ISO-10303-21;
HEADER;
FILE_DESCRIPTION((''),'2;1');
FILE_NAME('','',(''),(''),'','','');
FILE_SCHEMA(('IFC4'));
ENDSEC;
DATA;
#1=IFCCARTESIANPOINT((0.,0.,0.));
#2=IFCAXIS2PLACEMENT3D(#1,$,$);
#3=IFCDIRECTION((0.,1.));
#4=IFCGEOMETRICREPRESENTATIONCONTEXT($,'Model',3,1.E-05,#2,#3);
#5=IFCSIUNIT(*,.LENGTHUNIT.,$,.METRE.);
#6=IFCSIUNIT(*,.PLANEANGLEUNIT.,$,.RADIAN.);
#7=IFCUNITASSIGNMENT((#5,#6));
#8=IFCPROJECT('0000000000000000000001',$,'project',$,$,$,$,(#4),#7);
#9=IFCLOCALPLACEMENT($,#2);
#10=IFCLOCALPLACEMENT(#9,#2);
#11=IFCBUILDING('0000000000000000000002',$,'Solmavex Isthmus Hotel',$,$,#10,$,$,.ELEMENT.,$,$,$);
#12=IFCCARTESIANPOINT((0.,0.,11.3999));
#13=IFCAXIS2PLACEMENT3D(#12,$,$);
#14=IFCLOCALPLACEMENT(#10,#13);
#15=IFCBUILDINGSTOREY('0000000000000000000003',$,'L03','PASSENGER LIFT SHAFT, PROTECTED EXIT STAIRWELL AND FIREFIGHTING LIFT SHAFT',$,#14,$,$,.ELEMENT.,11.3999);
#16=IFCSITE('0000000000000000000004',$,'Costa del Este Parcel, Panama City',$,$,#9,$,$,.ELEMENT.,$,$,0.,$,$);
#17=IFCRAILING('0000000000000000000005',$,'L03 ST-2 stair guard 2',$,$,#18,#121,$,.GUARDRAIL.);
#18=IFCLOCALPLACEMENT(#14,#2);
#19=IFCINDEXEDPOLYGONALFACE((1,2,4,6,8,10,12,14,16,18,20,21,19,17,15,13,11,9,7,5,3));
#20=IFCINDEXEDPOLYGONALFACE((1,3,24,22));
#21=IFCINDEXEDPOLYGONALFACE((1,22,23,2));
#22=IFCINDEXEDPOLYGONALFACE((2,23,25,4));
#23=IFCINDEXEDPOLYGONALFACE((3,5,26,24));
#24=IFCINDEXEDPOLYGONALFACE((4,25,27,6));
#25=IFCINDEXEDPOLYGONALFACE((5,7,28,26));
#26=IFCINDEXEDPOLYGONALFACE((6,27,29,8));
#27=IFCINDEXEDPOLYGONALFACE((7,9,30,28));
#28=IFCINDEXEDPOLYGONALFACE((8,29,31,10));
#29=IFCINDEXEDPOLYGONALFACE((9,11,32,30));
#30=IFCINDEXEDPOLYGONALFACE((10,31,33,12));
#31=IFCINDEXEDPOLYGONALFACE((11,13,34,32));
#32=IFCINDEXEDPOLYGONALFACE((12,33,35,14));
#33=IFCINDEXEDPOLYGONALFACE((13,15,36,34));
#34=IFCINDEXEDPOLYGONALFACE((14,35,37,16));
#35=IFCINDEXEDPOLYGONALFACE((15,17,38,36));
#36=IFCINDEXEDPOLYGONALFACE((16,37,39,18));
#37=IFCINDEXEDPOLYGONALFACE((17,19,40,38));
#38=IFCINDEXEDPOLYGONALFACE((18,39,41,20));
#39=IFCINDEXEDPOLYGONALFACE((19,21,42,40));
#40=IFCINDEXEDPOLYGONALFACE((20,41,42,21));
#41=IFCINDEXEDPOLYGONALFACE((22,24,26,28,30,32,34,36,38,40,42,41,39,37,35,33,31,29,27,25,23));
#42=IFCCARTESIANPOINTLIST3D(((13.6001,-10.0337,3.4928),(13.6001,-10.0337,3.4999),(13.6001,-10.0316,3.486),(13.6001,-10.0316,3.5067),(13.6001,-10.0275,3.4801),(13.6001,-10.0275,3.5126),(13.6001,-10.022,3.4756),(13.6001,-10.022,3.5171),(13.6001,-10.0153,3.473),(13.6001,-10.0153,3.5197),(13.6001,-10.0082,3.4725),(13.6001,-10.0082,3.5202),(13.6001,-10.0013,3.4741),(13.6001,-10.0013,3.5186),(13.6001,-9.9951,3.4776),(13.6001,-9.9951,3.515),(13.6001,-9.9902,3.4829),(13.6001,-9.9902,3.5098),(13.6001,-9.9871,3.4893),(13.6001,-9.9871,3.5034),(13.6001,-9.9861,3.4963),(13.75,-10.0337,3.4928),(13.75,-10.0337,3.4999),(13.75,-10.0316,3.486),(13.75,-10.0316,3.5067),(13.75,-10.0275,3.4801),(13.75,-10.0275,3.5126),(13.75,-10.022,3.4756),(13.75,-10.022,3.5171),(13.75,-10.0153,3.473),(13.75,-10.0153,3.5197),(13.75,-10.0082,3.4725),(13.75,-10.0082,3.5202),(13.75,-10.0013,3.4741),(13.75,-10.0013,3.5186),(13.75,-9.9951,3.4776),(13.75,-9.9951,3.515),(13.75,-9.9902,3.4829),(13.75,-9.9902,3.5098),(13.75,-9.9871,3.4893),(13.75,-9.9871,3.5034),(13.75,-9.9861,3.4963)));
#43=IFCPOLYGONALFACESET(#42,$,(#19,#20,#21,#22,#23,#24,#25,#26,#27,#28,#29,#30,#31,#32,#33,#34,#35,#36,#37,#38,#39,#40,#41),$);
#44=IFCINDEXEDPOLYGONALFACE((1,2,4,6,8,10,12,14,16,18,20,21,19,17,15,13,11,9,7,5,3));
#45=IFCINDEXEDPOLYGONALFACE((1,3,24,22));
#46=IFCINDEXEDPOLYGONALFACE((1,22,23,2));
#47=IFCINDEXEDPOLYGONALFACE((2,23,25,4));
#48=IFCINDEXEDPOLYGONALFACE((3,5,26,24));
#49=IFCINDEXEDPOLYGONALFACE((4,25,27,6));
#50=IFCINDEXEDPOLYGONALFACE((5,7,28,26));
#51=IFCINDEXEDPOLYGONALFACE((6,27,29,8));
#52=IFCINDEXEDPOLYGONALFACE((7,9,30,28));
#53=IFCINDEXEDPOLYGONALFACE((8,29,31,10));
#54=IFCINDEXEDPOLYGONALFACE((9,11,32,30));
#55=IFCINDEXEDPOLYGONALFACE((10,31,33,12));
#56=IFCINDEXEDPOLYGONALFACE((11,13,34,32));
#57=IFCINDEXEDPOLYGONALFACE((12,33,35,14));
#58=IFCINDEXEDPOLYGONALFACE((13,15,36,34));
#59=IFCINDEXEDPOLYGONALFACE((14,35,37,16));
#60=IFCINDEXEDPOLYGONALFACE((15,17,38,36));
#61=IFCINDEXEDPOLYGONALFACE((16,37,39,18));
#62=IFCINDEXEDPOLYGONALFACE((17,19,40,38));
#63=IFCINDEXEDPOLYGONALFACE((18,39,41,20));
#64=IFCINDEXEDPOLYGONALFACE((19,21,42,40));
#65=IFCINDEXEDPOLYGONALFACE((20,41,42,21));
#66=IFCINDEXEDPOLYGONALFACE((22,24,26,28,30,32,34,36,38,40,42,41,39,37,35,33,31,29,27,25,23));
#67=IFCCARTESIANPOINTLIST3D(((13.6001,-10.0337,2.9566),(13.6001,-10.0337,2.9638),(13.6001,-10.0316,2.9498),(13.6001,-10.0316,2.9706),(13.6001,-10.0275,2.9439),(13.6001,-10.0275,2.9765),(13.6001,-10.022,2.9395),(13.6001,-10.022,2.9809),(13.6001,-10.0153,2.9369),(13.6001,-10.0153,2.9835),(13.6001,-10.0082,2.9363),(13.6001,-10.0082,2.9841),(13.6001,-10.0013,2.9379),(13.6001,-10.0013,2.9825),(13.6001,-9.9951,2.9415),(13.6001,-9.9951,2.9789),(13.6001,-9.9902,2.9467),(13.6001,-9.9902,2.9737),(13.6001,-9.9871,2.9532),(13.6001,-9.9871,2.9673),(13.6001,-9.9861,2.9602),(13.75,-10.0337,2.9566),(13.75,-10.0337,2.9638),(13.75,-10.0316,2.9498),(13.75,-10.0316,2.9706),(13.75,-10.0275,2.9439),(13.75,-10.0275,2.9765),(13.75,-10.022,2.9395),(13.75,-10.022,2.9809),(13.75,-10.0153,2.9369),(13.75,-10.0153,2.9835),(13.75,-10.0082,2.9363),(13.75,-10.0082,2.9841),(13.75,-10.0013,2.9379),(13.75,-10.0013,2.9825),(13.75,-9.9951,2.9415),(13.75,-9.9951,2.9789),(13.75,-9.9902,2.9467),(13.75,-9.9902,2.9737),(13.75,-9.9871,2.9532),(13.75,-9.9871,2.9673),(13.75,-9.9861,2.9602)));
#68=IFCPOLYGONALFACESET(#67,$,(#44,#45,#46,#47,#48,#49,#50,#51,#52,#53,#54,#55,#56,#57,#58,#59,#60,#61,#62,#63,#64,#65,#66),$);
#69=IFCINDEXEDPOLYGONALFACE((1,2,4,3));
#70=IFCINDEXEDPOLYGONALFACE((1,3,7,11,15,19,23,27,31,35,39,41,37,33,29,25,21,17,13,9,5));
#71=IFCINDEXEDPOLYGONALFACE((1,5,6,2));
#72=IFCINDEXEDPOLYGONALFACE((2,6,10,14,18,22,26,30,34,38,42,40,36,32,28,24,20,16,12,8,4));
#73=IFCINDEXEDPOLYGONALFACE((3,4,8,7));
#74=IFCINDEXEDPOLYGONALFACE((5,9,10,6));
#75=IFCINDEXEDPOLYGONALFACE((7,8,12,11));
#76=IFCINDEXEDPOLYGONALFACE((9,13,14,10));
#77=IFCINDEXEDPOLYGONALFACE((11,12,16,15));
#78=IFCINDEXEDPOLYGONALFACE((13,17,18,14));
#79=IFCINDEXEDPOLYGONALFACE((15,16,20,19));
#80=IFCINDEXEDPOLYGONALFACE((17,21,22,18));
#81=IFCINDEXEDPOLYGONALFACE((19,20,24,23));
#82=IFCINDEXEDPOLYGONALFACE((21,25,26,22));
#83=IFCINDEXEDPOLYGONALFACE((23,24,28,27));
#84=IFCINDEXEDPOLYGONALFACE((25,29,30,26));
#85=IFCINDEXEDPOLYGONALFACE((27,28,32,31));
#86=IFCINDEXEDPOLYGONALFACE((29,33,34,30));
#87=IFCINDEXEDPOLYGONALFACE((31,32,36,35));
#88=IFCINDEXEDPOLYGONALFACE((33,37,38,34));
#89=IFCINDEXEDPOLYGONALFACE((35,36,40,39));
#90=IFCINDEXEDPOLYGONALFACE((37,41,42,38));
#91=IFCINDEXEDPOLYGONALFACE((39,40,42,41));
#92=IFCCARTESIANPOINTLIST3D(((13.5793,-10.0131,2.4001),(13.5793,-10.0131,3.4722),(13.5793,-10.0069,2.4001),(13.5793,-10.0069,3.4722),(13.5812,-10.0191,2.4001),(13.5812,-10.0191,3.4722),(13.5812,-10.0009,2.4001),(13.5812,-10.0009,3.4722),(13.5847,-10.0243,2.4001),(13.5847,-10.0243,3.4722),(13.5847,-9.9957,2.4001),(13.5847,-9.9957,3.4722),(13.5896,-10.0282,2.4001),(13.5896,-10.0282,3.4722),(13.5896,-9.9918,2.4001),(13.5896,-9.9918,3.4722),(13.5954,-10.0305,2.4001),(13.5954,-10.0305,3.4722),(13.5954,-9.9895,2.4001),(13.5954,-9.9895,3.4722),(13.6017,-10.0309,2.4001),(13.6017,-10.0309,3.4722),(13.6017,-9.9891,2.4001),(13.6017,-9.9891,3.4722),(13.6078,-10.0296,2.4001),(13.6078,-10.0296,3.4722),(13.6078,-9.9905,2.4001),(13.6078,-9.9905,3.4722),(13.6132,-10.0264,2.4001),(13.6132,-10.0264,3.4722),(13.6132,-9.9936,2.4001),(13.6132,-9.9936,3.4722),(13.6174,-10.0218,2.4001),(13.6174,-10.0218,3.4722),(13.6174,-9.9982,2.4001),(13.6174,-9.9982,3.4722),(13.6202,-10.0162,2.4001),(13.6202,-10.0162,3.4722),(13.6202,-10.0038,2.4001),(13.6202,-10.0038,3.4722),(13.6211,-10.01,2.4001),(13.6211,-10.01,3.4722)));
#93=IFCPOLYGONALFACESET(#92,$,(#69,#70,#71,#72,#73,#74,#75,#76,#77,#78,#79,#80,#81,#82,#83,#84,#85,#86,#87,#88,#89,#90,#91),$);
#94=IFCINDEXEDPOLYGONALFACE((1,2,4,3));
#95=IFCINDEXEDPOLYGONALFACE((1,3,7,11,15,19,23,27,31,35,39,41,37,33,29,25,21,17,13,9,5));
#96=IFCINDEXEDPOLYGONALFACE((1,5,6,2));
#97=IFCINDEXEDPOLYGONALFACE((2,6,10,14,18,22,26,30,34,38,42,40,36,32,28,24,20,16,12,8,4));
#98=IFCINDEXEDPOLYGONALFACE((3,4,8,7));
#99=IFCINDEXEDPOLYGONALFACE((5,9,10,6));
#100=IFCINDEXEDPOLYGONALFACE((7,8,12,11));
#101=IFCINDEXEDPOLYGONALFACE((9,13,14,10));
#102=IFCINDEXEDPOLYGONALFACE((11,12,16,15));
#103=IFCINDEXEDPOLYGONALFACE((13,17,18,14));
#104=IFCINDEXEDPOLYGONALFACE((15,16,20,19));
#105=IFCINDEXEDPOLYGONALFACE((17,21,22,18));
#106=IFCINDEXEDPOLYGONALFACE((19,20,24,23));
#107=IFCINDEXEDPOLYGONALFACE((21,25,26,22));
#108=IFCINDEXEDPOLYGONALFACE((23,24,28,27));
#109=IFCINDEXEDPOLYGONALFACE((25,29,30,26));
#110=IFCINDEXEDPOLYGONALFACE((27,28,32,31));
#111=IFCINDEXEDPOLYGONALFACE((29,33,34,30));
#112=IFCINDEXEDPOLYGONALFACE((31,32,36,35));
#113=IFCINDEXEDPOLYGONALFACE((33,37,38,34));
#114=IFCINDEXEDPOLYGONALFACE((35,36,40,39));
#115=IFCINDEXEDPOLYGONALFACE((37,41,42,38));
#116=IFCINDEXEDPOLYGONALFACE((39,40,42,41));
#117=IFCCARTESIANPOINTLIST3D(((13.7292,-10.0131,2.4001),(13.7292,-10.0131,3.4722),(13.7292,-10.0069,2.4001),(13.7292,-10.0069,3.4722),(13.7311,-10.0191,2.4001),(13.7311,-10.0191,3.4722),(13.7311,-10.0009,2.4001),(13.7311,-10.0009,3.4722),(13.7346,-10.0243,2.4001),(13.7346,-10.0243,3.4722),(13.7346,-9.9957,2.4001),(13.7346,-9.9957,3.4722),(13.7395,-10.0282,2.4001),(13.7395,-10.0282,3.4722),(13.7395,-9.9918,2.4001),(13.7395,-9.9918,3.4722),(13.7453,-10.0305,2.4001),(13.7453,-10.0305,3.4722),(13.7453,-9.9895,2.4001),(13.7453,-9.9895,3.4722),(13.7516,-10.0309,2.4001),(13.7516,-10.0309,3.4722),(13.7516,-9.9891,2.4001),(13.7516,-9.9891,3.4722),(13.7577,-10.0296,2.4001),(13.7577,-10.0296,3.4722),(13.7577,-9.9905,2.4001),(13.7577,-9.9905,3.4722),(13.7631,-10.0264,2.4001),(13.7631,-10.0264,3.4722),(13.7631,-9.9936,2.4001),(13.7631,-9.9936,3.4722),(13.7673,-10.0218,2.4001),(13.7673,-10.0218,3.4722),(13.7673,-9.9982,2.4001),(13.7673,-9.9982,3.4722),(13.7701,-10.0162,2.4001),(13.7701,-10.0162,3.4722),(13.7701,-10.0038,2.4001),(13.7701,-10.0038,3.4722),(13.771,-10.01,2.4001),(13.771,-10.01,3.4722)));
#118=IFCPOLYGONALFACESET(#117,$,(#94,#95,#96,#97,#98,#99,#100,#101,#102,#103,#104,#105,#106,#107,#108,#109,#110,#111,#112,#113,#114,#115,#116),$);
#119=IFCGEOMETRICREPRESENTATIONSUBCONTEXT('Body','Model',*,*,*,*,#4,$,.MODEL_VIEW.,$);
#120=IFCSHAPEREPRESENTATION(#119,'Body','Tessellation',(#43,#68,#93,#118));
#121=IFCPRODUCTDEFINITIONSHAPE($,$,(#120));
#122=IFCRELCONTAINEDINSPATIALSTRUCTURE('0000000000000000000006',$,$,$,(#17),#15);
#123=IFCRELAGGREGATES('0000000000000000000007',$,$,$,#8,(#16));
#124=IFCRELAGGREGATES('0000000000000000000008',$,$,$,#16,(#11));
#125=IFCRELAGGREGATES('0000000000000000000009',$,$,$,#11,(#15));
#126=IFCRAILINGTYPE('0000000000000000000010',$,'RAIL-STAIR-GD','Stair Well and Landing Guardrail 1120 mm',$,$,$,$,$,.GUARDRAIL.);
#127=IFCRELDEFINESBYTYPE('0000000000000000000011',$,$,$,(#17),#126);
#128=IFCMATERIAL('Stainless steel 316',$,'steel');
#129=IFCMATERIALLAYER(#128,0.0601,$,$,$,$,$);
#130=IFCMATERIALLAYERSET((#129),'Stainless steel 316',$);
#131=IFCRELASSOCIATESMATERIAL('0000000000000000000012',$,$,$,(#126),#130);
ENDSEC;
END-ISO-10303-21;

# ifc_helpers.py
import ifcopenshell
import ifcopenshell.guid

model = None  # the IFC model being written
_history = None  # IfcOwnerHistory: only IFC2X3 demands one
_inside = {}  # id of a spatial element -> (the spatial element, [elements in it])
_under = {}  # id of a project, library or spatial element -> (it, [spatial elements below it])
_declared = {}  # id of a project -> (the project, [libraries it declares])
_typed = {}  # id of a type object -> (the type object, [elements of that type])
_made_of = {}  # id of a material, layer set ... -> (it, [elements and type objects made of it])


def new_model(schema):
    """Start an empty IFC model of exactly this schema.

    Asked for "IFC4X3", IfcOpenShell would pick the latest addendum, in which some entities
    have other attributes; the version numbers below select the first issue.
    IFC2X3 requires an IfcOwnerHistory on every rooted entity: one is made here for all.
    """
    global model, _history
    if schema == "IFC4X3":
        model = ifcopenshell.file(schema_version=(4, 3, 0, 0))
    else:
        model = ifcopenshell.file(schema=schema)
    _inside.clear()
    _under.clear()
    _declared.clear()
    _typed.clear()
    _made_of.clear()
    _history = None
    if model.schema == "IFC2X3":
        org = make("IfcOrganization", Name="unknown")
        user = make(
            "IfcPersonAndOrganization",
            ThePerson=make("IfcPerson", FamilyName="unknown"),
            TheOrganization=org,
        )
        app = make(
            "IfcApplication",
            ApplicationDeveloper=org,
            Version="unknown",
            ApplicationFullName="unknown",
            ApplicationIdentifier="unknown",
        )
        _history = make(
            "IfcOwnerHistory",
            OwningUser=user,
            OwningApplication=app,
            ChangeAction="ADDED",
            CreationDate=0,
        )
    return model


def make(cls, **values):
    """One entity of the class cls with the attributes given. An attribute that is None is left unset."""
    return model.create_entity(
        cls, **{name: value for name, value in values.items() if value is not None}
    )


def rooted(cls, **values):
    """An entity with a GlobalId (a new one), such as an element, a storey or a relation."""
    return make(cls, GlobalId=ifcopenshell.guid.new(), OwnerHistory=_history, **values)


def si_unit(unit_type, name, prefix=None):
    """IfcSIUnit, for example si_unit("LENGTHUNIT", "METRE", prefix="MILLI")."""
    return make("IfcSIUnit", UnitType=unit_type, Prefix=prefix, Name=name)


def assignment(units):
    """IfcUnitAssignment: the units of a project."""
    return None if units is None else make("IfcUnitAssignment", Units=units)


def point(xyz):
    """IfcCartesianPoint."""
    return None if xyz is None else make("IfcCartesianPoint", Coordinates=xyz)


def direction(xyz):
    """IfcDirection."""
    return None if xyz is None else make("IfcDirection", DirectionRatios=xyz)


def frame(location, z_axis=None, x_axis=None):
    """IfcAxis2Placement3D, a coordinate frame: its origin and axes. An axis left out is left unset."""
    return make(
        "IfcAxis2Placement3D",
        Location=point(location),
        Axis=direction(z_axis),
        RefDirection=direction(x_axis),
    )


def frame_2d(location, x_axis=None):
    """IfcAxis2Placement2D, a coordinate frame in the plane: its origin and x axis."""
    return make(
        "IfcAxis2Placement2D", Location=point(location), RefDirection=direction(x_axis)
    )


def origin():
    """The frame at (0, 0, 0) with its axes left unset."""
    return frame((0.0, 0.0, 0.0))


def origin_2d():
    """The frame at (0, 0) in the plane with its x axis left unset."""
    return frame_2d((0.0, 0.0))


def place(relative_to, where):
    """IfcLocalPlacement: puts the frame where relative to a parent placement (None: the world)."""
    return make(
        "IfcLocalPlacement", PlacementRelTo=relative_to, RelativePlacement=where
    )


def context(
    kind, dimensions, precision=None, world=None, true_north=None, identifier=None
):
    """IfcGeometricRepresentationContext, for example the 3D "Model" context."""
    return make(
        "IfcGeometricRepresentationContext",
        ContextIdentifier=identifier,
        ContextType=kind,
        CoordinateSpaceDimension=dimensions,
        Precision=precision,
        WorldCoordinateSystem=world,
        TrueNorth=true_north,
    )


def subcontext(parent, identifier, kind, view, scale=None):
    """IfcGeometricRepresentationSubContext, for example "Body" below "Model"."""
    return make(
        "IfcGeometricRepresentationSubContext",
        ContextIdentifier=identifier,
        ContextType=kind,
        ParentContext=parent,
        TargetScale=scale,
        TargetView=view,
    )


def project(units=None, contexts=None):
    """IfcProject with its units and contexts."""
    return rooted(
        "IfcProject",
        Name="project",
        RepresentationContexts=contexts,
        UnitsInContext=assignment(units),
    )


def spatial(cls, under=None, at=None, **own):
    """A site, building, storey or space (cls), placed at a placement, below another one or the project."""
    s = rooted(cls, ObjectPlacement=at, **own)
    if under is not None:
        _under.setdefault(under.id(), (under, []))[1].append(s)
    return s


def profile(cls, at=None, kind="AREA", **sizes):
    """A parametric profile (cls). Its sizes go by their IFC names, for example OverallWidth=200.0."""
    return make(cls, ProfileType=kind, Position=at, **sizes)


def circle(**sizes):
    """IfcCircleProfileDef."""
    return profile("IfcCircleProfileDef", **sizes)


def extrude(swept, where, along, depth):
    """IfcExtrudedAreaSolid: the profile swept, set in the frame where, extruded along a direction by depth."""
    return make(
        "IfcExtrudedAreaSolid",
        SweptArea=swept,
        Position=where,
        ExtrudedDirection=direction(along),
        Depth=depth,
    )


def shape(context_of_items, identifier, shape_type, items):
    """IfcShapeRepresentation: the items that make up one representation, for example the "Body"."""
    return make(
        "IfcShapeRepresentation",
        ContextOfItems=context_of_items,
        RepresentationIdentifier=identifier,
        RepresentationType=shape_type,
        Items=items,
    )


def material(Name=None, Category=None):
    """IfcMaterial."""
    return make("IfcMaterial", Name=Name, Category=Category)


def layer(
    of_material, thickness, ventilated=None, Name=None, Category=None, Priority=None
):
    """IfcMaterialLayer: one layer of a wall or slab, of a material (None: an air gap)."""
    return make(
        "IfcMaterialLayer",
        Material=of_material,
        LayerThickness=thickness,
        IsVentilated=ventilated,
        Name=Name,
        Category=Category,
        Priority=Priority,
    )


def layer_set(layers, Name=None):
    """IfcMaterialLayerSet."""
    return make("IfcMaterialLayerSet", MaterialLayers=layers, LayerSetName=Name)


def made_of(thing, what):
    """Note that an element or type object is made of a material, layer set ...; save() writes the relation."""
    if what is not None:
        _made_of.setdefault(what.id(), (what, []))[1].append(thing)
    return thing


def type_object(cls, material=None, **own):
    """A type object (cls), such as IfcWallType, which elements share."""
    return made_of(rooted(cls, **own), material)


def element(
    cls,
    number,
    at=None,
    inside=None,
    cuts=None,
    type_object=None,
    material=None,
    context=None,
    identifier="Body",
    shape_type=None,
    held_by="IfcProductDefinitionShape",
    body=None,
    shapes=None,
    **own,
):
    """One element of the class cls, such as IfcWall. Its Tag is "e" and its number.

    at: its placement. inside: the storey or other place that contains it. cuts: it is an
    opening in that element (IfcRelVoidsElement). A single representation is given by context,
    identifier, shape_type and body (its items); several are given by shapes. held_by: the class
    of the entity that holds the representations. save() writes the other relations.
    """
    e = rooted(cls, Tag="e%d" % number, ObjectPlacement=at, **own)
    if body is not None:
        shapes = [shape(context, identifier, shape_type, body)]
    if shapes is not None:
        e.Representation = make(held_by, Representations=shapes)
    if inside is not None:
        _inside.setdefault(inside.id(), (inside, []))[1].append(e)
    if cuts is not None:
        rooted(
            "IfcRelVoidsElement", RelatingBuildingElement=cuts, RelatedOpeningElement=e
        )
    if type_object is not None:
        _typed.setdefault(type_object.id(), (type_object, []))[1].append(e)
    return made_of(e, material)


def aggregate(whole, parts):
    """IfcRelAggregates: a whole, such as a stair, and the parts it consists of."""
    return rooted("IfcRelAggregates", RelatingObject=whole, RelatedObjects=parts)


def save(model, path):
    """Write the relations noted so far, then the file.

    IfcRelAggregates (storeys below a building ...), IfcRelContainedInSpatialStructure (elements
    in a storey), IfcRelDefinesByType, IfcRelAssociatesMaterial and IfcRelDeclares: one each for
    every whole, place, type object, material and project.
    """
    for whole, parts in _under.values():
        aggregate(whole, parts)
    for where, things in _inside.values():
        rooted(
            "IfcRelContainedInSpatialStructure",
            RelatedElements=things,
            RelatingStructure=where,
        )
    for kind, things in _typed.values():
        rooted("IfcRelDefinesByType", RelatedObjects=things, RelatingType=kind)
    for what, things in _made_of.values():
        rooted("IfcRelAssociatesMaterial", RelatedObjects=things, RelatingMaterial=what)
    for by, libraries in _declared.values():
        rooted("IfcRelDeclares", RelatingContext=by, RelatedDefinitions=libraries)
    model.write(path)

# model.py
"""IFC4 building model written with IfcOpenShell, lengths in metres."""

from ifc_helpers import new_model, si_unit, direction, frame, origin, origin_2d, place, context, subcontext, project, spatial, circle, extrude, material, layer, layer_set, type_object, element, save


model = new_model("IFC4")

# Units and contexts
model_context = context("Model", 3, precision=1e-05, world=origin(), true_north=direction((0.0, 1.0)))
body_context = subcontext(model_context, "Body", "Model", "MODEL_VIEW")
ifc_project = project(units=[si_unit("LENGTHUNIT", "METRE"), si_unit("PLANEANGLEUNIT", "RADIAN")], contexts=[model_context])

# Site, building, storey
site_placement = place(None, origin())
site = spatial("IfcSite", under=ifc_project, at=site_placement, Name="Costa del Este Parcel, Panama City", CompositionType="ELEMENT", RefElevation=0.0)
building_placement = place(site_placement, origin())
building = spatial("IfcBuilding", under=site, at=building_placement, Name="Solmavex Isthmus Hotel", CompositionType="ELEMENT")
storey_placement = place(building_placement, frame((0.0, 0.0, 11.3999)))
storey = spatial("IfcBuildingStorey", under=building, at=storey_placement, Name="L03", Description="PASSENGER LIFT SHAFT, PROTECTED EXIT STAIRWELL AND FIREFIGHTING LIFT SHAFT", CompositionType="ELEMENT", Elevation=11.3999)

# Railing
ifc_material_1 = material(Name="Stainless steel 316", Category="steel")
ifc_layer_1 = layer(ifc_material_1, 0.0601)
ifc_layer_set_1 = layer_set([ifc_layer_1], Name="Stainless steel 316")
railing_type_1 = type_object("IfcRailingType", Name="RAIL-STAIR-GD", Description="Stair Well and Landing Guardrail 1120 mm", PredefinedType="GUARDRAIL", material=ifc_layer_set_1)
railing_1_placement = place(storey_placement, frame((13.6001, -10.01, 2.4001)))
element("IfcRailing", 1, at=railing_1_placement, inside=storey, type_object=railing_type_1, Name="L03 ST-2 stair guard 2", PredefinedType="GUARDRAIL", context=body_context, shape_type="SweptSolid", body=[
    extrude(circle(Radius=0.0239, at=origin_2d()), frame((0.0, 0.0, 1.0962), z_axis=(1.0, 0.0, 0.0), x_axis=(0.0, 1.0, 0.0)), (0.0, 0.0, 1.0), 0.1499),
    extrude(circle(Radius=0.0239, at=origin_2d()), frame((0.0, 0.0, 0.5601), z_axis=(1.0, 0.0, 0.0), x_axis=(0.0, 1.0, 0.0)), (0.0, 0.0, 1.0), 0.1499),
    extrude(circle(Radius=0.021, at=origin_2d()), origin(), (0.0, 0.0, 1.0), 1.072),
    extrude(circle(Radius=0.021, at=origin_2d()), frame((0.1499, 0.0, 0.0)), (0.0, 0.0, 1.0), 1.072),
])

save(model, "model.ifc")
